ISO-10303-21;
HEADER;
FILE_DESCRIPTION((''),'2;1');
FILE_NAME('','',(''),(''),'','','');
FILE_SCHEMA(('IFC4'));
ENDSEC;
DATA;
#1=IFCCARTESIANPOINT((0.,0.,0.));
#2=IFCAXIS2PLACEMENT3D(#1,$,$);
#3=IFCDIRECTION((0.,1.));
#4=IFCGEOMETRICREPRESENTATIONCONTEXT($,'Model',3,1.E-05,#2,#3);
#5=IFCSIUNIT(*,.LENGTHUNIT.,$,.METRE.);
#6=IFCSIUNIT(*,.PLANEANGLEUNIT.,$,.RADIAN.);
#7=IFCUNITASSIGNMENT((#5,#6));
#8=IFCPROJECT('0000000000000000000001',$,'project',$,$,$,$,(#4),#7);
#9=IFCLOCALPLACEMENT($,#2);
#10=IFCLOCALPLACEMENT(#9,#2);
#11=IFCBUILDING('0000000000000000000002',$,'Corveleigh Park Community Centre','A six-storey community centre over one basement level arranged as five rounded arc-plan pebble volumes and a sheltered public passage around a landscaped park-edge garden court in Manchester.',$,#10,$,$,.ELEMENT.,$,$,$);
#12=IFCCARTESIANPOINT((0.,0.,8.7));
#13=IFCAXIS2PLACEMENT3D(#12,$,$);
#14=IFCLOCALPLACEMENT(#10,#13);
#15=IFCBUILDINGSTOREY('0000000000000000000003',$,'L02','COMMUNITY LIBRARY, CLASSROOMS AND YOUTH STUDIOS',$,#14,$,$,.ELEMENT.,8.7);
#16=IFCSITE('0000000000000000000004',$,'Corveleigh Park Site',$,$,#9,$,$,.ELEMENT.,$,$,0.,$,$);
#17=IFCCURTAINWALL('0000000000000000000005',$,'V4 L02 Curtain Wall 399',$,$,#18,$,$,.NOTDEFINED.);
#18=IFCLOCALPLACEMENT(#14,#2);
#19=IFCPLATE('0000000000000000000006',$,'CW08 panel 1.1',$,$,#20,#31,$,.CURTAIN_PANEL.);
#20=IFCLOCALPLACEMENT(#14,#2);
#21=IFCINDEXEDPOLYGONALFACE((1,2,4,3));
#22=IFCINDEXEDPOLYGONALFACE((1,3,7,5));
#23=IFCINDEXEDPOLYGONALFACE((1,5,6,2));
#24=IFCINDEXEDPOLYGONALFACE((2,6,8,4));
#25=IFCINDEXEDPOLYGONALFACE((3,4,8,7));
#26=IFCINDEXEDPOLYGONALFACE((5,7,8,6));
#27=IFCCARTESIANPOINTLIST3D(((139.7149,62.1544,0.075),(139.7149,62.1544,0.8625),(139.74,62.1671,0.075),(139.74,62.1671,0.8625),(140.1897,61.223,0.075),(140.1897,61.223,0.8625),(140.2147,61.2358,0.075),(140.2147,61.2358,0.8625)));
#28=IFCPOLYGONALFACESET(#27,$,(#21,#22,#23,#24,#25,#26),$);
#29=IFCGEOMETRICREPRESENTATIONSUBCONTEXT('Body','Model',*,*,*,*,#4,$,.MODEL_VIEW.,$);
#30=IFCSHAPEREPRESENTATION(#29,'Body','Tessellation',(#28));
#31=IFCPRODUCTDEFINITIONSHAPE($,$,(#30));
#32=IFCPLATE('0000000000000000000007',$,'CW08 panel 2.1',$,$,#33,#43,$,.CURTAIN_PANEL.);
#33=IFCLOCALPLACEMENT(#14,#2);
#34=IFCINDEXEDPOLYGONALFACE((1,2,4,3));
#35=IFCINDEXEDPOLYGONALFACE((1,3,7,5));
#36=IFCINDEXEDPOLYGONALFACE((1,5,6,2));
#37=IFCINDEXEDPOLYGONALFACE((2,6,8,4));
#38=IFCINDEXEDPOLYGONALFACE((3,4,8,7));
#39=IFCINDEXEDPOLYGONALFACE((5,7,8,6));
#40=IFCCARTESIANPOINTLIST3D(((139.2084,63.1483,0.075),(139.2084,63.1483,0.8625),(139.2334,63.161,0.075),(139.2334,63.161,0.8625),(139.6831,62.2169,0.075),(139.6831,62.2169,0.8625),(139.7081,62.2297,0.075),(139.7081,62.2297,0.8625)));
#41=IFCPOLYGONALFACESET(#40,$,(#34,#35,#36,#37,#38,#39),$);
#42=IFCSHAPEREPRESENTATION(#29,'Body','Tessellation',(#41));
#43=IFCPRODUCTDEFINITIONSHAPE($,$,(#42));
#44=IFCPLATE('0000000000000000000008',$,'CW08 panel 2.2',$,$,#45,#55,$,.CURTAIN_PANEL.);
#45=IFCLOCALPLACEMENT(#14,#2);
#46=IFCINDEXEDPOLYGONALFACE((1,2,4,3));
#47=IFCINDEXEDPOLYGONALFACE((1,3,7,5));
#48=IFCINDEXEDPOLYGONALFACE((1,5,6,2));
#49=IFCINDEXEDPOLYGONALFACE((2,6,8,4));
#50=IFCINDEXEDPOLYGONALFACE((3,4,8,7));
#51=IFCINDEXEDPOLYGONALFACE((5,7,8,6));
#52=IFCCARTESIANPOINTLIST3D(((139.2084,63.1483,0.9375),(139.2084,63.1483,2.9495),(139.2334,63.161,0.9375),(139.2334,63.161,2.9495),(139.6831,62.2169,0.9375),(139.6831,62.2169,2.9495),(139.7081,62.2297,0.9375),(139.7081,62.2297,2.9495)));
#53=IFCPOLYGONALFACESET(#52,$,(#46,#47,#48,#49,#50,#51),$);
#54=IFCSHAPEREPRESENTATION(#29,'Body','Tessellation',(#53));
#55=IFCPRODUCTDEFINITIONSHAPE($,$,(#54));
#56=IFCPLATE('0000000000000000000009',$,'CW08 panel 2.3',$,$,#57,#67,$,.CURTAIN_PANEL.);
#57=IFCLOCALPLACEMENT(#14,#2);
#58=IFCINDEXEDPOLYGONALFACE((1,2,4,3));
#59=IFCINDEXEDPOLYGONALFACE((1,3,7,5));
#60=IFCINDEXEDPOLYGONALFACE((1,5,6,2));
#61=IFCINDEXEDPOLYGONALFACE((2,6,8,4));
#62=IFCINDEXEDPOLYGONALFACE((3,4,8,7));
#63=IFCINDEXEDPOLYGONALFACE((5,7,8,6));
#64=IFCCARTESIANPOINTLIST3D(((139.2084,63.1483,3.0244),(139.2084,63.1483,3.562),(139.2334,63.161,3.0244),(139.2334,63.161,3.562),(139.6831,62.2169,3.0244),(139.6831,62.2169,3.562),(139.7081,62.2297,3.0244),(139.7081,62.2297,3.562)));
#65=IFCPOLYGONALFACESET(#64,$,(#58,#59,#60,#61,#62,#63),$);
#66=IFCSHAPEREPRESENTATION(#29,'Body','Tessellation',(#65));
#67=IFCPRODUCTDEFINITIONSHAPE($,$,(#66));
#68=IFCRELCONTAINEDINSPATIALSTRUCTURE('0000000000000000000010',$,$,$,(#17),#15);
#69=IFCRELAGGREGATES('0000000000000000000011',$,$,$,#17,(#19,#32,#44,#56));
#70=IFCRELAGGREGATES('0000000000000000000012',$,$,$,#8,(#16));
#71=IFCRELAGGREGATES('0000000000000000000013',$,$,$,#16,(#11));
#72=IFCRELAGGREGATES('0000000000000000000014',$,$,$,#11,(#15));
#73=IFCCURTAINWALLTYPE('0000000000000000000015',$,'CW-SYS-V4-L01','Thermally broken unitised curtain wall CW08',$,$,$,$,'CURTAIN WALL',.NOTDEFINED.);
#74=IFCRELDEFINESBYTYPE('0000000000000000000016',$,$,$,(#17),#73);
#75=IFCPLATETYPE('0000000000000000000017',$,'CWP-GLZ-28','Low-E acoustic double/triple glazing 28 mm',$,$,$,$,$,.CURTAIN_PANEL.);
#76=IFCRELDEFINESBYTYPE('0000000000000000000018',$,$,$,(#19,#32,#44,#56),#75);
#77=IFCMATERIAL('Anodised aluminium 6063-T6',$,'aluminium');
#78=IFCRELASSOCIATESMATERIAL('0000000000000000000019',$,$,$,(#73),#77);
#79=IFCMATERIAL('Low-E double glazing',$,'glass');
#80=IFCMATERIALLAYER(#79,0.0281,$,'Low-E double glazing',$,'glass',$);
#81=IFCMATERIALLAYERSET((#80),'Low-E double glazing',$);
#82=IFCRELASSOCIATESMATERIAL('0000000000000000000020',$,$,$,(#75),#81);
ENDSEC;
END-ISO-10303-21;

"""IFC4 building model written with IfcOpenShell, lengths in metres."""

from ifc_helpers import new_model, si_unit, direction, frame, origin, origin_2d, place, context, subcontext, project, spatial, rectangle, extrude, material, layer, layer_set, type_object, element, aggregate, save


model = new_model("IFC4")

# Units and contexts
model_context = context("Model", 3, precision=1e-05, world=origin(), true_north=direction((0.0, 1.0)))
body_context = subcontext(model_context, "Body", "Model", "MODEL_VIEW")
ifc_project = project(units=[si_unit("LENGTHUNIT", "METRE"), si_unit("PLANEANGLEUNIT", "RADIAN")], contexts=[model_context])

# Site, building, storey
site_placement = place(None, origin())
site = spatial("IfcSite", under=ifc_project, at=site_placement, Name="Corveleigh Park Site", CompositionType="ELEMENT", RefElevation=0.0)
building_placement = place(site_placement, origin())
building = spatial("IfcBuilding", under=site, at=building_placement, Name="Corveleigh Park Community Centre", Description="A six-storey community centre over one basement level arranged as five rounded arc-plan pebble volumes and a sheltered public passage around a landscaped park-edge garden court in Manchester.", CompositionType="ELEMENT")
storey_placement = place(building_placement, frame((0.0, 0.0, 8.7)))
storey = spatial("IfcBuildingStorey", under=building, at=storey_placement, Name="L02", Description="COMMUNITY LIBRARY, CLASSROOMS AND YOUTH STUDIOS", CompositionType="ELEMENT", Elevation=8.7)

# Curtain wall
ifc_material_1 = material(Name="Anodised aluminium 6063-T6", Category="aluminium")
curtain_wall_type = type_object("IfcCurtainWallType", Name="CW-SYS-V4-L01", Description="Thermally broken unitised curtain wall CW08", ElementType="CURTAIN WALL", PredefinedType="NOTDEFINED", material=ifc_material_1)
curtain_wall_1_placement = place(storey_placement, origin())
curtain_wall_1 = element("IfcCurtainWall", 1, at=curtain_wall_1_placement, inside=storey, type_object=curtain_wall_type, Name="V4 L02 Curtain Wall 399", PredefinedType="NOTDEFINED")

# Plates
ifc_material_2 = material(Name="Low-E double glazing", Category="glass")
ifc_layer_1 = layer(ifc_material_2, 0.0281, Name="Low-E double glazing", Category="glass")
ifc_layer_set_1 = layer_set([ifc_layer_1], Name="Low-E double glazing")
plate_type_1 = type_object("IfcPlateType", Name="CWP-GLZ-28", Description="Low-E acoustic double/triple glazing 28 mm", PredefinedType="CURTAIN_PANEL", material=ifc_layer_set_1)
plate_1_placement = place(storey_placement, frame((139.9648, 61.6951, 0.075), z_axis=(0.0, 0.0, 1.0), x_axis=(-0.454154, 0.890923, 0.0)))
plate_1 = element("IfcPlate", 2, at=plate_1_placement, type_object=plate_type_1, Name="CW08 panel 1.1", PredefinedType="CURTAIN_PANEL", context=body_context, shape_type="SweptSolid", body=[
    extrude(rectangle(XDim=1.0454, YDim=0.0281, at=origin_2d()), origin(), (0.0, 0.0, 1.0), 0.7876),
])
plate_2_placement = place(storey_placement, frame((139.4583, 62.689, 0.075), z_axis=(0.0, 0.0, 1.0), x_axis=(-0.454154, 0.890923, 0.0)))
plate_2 = element("IfcPlate", 3, at=plate_2_placement, type_object=plate_type_1, Name="CW08 panel 2.1", PredefinedType="CURTAIN_PANEL", context=body_context, shape_type="SweptSolid", body=[
    extrude(rectangle(XDim=1.0454, YDim=0.0281, at=origin_2d()), origin(), (0.0, 0.0, 1.0), 0.7876),
])
plate_3_placement = place(storey_placement, frame((139.4583, 62.689, 0.9375), z_axis=(0.0, 0.0, 1.0), x_axis=(-0.454154, 0.890923, 0.0)))
plate_3 = element("IfcPlate", 4, at=plate_3_placement, type_object=plate_type_1, Name="CW08 panel 2.2", PredefinedType="CURTAIN_PANEL", context=body_context, shape_type="SweptSolid", body=[
    extrude(rectangle(XDim=1.0454, YDim=0.0281, at=origin_2d()), origin(), (0.0, 0.0, 1.0), 2.012),
])
plate_4_placement = place(storey_placement, frame((139.4583, 62.689, 3.0244), z_axis=(0.0, 0.0, 1.0), x_axis=(-0.454154, 0.890923, 0.0)))
plate_4 = element("IfcPlate", 5, at=plate_4_placement, type_object=plate_type_1, Name="CW08 panel 2.3", PredefinedType="CURTAIN_PANEL", context=body_context, shape_type="SweptSolid", body=[
    extrude(rectangle(XDim=1.0454, YDim=0.0281, at=origin_2d()), origin(), (0.0, 0.0, 1.0), 0.5376),
])
aggregate(curtain_wall_1, [plate_1, plate_2, plate_3, plate_4])

save(model, "model.ifc")
